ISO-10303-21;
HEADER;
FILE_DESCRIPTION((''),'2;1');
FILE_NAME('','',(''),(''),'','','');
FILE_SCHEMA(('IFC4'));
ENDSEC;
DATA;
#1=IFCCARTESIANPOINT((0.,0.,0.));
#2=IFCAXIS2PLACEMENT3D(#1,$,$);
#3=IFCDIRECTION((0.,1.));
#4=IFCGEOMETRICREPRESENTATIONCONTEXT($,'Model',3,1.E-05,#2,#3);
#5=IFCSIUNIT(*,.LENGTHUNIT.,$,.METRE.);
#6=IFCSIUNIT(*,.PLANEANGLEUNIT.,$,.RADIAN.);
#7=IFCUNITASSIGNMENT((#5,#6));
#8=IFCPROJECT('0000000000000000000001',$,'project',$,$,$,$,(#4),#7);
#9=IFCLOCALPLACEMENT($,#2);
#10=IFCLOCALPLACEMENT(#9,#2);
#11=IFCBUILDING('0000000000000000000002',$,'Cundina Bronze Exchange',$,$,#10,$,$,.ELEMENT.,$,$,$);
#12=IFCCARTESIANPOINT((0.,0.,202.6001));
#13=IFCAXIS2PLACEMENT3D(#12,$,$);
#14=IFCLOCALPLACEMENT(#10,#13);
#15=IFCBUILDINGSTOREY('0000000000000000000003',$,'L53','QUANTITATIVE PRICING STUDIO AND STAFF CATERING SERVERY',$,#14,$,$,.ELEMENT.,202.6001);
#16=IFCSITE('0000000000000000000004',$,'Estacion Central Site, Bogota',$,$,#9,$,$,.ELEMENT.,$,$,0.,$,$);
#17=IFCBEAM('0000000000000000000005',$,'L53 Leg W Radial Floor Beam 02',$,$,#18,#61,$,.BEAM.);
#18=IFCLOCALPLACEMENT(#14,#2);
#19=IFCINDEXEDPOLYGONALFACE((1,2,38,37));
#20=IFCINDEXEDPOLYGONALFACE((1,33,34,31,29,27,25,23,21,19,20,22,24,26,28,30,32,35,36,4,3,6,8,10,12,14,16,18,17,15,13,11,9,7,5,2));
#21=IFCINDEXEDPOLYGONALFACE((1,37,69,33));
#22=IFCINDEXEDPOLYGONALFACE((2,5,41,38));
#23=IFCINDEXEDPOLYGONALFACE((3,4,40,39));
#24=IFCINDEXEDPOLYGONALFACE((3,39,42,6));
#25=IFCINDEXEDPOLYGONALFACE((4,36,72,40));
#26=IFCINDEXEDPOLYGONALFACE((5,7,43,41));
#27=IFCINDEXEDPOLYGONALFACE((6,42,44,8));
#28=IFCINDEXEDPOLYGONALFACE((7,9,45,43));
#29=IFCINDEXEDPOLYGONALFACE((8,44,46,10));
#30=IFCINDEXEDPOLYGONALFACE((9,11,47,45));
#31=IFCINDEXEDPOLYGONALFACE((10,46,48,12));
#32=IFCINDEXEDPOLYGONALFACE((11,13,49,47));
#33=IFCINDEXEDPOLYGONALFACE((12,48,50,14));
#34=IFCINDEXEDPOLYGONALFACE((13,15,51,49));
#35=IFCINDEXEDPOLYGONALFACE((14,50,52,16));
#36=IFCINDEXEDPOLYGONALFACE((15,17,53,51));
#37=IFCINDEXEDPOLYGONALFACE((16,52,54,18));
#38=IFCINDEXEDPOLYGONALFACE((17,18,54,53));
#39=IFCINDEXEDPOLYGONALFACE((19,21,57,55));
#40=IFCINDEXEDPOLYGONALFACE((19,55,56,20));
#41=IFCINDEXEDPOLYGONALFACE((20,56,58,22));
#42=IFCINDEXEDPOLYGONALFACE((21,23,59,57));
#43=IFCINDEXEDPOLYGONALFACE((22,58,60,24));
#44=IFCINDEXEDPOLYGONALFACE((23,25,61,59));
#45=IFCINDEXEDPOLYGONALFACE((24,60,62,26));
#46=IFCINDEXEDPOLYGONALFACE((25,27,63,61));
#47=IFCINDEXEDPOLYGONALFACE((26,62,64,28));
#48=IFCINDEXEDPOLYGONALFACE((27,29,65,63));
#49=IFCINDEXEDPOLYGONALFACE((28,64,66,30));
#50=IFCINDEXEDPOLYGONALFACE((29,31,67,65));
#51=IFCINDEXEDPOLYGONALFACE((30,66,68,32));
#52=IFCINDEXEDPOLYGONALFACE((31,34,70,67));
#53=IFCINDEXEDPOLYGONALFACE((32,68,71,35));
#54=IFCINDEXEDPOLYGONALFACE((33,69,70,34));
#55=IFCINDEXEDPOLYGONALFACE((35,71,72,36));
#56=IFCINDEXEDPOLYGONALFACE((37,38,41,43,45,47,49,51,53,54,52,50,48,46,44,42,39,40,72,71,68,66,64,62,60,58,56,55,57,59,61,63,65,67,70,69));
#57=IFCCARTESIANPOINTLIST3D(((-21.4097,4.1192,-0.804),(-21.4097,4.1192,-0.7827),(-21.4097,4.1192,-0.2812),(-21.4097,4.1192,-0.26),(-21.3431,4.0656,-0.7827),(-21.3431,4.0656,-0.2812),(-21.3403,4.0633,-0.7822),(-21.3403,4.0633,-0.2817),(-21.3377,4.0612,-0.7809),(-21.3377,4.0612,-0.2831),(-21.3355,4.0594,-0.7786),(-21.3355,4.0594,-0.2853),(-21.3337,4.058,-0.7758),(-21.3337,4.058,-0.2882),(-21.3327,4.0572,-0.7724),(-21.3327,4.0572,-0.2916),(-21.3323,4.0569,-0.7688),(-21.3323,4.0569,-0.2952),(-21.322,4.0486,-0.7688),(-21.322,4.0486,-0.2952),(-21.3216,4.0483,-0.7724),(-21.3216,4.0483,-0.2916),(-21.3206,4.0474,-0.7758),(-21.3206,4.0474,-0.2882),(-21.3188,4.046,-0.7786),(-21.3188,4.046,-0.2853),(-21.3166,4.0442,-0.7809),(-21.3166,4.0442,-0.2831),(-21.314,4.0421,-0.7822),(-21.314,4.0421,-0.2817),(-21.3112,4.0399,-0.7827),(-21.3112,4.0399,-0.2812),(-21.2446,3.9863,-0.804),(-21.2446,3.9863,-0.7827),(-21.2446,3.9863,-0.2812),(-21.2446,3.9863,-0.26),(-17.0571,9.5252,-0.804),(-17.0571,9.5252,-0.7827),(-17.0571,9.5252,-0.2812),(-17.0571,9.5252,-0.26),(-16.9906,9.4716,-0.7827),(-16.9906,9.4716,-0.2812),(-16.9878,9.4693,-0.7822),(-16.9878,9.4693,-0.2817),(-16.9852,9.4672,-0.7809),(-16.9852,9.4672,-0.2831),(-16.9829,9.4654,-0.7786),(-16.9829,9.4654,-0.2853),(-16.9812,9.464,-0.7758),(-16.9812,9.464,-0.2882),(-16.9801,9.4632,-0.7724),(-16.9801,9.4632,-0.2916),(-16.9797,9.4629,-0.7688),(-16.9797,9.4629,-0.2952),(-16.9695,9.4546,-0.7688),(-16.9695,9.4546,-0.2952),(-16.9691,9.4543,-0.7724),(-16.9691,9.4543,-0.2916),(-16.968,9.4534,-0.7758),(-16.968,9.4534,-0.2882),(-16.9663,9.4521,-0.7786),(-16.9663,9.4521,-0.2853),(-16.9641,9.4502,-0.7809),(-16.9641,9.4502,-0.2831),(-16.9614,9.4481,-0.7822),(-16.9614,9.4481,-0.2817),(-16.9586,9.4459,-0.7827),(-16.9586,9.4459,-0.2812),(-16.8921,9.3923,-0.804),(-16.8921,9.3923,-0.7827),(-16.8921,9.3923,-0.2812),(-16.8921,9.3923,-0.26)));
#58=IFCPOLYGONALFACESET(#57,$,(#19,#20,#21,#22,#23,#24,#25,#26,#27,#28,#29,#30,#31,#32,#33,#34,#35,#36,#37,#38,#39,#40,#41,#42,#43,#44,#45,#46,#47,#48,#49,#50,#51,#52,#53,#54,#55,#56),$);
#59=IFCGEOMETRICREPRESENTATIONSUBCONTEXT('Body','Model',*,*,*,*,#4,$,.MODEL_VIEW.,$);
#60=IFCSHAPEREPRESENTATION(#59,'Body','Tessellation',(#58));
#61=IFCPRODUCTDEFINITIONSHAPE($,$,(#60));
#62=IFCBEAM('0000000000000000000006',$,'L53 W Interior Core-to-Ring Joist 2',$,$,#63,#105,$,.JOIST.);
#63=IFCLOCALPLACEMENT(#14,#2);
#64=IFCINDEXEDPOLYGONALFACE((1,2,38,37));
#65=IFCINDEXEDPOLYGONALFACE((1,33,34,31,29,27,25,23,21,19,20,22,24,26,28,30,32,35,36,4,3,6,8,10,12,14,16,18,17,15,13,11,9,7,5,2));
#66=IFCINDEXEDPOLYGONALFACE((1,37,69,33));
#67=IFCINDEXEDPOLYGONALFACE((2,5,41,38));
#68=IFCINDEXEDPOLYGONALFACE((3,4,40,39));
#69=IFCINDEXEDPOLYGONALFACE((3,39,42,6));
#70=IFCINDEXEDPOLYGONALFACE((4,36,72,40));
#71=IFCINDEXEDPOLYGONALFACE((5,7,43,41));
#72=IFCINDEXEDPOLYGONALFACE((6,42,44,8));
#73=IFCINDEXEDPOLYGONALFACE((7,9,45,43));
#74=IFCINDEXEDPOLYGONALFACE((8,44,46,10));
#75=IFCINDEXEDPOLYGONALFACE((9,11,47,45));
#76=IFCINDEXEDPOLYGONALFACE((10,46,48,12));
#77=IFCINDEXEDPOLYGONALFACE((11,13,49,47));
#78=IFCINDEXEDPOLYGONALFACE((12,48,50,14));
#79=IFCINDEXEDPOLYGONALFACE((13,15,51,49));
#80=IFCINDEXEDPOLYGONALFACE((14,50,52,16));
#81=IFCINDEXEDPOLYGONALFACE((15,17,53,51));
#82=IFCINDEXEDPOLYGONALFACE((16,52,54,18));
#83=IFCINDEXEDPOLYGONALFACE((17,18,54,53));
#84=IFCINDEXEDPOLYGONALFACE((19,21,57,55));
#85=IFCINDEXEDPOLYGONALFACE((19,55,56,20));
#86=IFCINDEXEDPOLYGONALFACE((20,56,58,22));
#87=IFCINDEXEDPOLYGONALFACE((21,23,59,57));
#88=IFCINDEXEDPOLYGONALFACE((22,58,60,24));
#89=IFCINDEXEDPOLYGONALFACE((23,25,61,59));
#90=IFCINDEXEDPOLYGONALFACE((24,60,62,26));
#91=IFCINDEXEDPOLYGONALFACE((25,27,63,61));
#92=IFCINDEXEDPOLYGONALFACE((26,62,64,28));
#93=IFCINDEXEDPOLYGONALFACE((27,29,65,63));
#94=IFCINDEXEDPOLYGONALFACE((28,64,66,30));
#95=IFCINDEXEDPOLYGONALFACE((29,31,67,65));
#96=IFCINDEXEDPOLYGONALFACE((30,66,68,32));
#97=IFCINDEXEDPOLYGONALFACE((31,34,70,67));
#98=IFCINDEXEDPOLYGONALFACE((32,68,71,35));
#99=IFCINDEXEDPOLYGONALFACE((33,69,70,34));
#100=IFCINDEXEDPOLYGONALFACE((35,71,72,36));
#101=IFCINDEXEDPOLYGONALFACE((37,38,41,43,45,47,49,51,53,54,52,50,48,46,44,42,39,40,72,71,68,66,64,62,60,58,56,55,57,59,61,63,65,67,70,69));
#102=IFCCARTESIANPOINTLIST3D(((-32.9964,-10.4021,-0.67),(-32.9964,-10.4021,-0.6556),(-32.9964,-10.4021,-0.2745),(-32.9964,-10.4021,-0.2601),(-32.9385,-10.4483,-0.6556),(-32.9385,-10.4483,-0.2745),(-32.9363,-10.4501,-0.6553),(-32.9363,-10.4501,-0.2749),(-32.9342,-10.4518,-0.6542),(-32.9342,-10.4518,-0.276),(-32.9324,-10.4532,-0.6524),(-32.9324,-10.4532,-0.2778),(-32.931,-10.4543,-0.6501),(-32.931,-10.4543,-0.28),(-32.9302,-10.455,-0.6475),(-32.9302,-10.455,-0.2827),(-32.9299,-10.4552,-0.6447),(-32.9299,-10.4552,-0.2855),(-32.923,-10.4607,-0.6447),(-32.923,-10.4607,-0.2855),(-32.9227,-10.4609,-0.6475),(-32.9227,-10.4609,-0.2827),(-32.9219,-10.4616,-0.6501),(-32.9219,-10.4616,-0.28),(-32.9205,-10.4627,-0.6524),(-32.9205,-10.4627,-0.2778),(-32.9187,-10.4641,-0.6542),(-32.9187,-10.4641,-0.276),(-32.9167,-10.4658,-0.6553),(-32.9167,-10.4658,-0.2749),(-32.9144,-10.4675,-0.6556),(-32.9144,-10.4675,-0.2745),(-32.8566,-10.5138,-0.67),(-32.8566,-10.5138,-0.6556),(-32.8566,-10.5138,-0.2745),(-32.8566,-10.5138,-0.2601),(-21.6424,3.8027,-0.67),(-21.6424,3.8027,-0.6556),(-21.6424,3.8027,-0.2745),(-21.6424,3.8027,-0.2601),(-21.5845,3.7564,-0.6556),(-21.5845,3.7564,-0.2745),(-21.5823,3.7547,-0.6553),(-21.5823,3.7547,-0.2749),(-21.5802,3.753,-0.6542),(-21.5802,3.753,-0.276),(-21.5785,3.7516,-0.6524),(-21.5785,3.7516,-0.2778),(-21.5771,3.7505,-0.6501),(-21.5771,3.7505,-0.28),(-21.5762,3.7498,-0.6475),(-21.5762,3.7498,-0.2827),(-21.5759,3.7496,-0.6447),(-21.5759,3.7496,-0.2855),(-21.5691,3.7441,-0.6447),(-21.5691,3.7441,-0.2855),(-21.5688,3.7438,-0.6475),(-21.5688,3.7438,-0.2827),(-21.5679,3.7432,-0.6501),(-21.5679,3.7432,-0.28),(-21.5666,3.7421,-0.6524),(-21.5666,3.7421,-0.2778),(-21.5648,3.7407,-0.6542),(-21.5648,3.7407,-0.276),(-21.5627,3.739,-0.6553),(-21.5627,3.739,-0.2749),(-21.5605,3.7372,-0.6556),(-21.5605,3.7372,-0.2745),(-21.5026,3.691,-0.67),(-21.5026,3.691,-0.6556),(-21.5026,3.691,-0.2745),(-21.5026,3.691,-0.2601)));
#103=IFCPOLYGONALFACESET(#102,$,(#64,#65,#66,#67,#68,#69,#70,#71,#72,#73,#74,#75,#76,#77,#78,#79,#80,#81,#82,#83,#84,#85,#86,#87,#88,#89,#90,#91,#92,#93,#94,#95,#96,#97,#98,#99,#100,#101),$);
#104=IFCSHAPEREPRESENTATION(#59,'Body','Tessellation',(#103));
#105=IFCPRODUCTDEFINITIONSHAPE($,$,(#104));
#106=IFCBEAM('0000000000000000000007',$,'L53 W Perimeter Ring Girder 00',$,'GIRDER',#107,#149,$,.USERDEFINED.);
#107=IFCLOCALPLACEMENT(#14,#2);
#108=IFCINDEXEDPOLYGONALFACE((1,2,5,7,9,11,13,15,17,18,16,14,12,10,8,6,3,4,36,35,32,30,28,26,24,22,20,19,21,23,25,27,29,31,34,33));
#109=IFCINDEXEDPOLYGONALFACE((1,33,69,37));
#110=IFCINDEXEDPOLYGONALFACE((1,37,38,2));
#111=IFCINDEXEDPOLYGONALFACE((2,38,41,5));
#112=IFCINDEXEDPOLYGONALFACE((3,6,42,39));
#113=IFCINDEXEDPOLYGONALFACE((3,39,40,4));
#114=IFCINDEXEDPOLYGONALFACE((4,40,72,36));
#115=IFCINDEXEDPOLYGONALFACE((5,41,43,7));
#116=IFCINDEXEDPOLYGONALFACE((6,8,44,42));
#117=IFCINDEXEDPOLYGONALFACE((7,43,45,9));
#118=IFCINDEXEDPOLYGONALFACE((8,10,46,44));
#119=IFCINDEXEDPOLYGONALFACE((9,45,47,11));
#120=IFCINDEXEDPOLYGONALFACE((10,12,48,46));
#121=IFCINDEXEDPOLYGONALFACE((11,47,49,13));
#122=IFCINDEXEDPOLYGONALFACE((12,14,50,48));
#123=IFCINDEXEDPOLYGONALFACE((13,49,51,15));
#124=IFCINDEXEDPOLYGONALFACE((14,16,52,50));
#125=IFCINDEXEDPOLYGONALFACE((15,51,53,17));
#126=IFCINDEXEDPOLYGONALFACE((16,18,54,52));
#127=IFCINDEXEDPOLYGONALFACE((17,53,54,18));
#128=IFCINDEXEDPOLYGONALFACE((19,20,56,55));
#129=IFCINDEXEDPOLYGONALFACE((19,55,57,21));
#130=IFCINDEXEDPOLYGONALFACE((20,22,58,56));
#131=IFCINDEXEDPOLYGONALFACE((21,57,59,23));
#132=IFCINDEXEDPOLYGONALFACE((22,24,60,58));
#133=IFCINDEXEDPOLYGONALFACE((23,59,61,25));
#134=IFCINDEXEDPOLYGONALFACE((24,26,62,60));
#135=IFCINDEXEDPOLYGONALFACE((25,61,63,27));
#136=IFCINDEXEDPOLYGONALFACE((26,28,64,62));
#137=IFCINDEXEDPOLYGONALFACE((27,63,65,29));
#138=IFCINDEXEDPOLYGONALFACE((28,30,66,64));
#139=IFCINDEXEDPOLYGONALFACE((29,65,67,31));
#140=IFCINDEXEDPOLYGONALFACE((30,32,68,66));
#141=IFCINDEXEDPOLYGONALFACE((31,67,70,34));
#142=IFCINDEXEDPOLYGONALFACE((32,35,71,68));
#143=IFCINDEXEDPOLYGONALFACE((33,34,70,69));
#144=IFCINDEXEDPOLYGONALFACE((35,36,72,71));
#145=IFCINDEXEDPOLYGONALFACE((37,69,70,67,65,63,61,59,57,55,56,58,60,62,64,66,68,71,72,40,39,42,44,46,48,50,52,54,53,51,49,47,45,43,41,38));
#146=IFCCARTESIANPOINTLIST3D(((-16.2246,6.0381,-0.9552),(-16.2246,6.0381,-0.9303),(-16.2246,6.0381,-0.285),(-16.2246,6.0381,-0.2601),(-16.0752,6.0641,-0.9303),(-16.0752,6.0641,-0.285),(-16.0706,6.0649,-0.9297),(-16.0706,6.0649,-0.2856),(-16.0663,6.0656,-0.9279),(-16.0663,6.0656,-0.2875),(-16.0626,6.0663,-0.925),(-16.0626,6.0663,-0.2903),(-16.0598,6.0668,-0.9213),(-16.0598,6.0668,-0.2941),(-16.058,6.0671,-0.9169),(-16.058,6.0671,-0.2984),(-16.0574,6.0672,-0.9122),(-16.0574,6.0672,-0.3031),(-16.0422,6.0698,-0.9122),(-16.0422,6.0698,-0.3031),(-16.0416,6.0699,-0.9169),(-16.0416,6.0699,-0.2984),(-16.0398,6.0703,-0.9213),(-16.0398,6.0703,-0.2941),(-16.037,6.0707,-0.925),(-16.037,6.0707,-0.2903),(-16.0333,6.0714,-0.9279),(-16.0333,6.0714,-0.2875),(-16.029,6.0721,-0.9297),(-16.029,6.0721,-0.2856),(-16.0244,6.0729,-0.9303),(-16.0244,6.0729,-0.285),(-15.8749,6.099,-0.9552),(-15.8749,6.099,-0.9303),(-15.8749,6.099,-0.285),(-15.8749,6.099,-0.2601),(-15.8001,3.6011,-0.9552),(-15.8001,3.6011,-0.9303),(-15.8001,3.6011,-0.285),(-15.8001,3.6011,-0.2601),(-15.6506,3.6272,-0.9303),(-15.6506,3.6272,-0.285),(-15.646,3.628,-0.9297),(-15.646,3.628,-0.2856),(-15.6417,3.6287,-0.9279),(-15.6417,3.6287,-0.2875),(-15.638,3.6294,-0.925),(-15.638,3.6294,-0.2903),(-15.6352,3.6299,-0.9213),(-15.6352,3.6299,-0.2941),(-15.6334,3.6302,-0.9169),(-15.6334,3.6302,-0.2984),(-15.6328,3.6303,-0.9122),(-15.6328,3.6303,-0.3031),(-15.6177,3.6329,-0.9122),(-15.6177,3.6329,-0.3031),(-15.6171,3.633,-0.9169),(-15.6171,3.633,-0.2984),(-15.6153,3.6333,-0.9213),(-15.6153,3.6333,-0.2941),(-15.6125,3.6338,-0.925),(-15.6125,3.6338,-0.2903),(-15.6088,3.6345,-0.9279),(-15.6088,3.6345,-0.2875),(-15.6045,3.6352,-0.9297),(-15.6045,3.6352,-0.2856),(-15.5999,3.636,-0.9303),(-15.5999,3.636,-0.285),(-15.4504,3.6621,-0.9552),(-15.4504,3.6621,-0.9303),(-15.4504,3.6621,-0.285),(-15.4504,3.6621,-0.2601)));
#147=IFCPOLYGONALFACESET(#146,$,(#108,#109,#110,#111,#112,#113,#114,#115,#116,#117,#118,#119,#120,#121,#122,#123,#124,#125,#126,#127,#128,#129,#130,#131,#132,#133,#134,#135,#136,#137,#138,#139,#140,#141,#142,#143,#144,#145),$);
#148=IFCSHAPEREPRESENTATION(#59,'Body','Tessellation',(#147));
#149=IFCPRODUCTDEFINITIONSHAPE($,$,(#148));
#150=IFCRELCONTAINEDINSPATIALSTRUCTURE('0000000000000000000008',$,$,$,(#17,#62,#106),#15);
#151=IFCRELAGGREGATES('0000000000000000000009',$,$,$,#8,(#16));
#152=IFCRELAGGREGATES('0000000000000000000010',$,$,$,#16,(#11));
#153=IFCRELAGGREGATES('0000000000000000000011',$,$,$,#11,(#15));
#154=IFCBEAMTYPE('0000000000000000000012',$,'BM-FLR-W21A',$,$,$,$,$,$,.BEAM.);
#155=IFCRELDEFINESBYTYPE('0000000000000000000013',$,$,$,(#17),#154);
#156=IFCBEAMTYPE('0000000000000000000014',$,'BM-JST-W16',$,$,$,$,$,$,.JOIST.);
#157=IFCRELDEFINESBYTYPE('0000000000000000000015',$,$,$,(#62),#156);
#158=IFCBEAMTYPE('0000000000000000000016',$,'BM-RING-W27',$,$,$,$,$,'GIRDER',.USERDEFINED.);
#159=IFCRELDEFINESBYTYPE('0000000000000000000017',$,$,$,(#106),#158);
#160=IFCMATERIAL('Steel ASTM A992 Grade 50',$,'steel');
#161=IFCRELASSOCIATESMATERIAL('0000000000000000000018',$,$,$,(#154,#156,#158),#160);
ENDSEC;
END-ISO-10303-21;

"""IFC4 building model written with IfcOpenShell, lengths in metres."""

from ifc_helpers import new_model, si_unit, direction, frame, origin, origin_2d, place, context, subcontext, project, spatial, i_section, extrude, material, material_profile, profile_set, type_object, element, save


model = new_model("IFC4")

# Units and contexts
model_context = context("Model", 3, precision=1e-05, world=origin(), true_north=direction((0.0, 1.0)))
body_context = subcontext(model_context, "Body", "Model", "MODEL_VIEW")
ifc_project = project(units=[si_unit("LENGTHUNIT", "METRE"), si_unit("PLANEANGLEUNIT", "RADIAN")], contexts=[model_context])

# Site, building, storey
site_placement = place(None, origin())
site = spatial("IfcSite", under=ifc_project, at=site_placement, Name="Estacion Central Site, Bogota", CompositionType="ELEMENT", RefElevation=0.0)
building_placement = place(site_placement, origin())
building = spatial("IfcBuilding", under=site, at=building_placement, Name="Cundina Bronze Exchange", CompositionType="ELEMENT")
storey_placement = place(building_placement, frame((0.0, 0.0, 202.6001)))
storey = spatial("IfcBuildingStorey", under=building, at=storey_placement, Name="L53", Description="QUANTITATIVE PRICING STUDIO AND STAFF CATERING SERVERY", CompositionType="ELEMENT", Elevation=202.6001)

# Shared definitions
ifc_material_1 = material(Name="Steel ASTM A992 Grade 50", Category="steel")

# Beams
ifc_material_profile_1 = material_profile(ifc_material_1, i_section(OverallWidth=0.2119, OverallDepth=0.5439, WebThickness=0.0132, FlangeThickness=0.0212, FilletRadius=0.0139, at=origin_2d()), Name="W21X83", Category="steel")
ifc_profile_set_1 = profile_set([ifc_material_profile_1], Name="Steel ASTM A992 Grade 50")
beam_type_1 = type_object("IfcBeamType", Name="BM-FLR-W21A", PredefinedType="BEAM", material=ifc_profile_set_1)
beam_1_placement = place(storey_placement, frame((-21.3271, 4.0527, -0.532), z_axis=(0.627129, 0.778916, 0.0), x_axis=(-0.778916, 0.627129, 0.0)))
element("IfcBeam", 1, at=beam_1_placement, inside=storey, type_object=beam_type_1, Name="L53 Leg W Radial Floor Beam 02", PredefinedType="BEAM", context=body_context, shape_type="SweptSolid", body=[
    extrude(i_section(OverallWidth=0.2119, OverallDepth=0.5439, WebThickness=0.0132, FlangeThickness=0.0212, FilletRadius=0.0139, at=origin_2d()), origin(), (0.0, 0.0, 1.0), 6.9404),
])
ifc_material_profile_2 = material_profile(ifc_material_1, i_section(OverallWidth=0.179, OverallDepth=0.4099, WebThickness=0.0088, FlangeThickness=0.0144, FilletRadius=0.011, at=origin_2d()), Name="W16X45", Category="steel")
ifc_profile_set_2 = profile_set([ifc_material_profile_2], Name="Steel ASTM A992 Grade 50")
beam_type_2 = type_object("IfcBeamType", Name="BM-JST-W16", PredefinedType="JOIST", material=ifc_profile_set_2)
beam_2_placement = place(storey_placement, frame((-21.5725, 3.7468, -0.4651), z_axis=(-0.624364, -0.781133, 0.0), x_axis=(0.781133, -0.624364, 0.0)))
element("IfcBeam", 2, at=beam_2_placement, inside=storey, type_object=beam_type_2, Name="L53 W Interior Core-to-Ring Joist 2", PredefinedType="JOIST", context=body_context, shape_type="SweptSolid", body=[
    extrude(i_section(OverallWidth=0.179, OverallDepth=0.4099, WebThickness=0.0088, FlangeThickness=0.0144, FilletRadius=0.011, at=origin_2d()), origin(), (0.0, 0.0, 1.0), 18.1848),
])
ifc_material_profile_3 = material_profile(ifc_material_1, i_section(OverallWidth=0.355, OverallDepth=0.6951, WebThickness=0.0154, FlangeThickness=0.0249, FilletRadius=0.0181, at=origin_2d()), Name="W27X146", Category="steel")
ifc_profile_set_3 = profile_set([ifc_material_profile_3], Name="Steel ASTM A992 Grade 50")
beam_type_3 = type_object("IfcBeamType", Name="BM-RING-W27", ElementType="GIRDER", PredefinedType="USERDEFINED", material=ifc_profile_set_3)
beam_3_placement = place(storey_placement, frame((-15.6252, 3.6316, -0.6077), z_axis=(-0.171629, 0.985162, 0.0), x_axis=(-0.985162, -0.171629, 0.0)))
element("IfcBeam", 3, at=beam_3_placement, inside=storey, type_object=beam_type_3, Name="L53 W Perimeter Ring Girder 00", ObjectType="GIRDER", PredefinedType="USERDEFINED", context=body_context, shape_type="SweptSolid", body=[
    extrude(i_section(OverallWidth=0.355, OverallDepth=0.6951, WebThickness=0.0154, FlangeThickness=0.0249, FilletRadius=0.0181, at=origin_2d()), origin(), (0.0, 0.0, 1.0), 2.4736),
])

save(model, "model.ifc")
